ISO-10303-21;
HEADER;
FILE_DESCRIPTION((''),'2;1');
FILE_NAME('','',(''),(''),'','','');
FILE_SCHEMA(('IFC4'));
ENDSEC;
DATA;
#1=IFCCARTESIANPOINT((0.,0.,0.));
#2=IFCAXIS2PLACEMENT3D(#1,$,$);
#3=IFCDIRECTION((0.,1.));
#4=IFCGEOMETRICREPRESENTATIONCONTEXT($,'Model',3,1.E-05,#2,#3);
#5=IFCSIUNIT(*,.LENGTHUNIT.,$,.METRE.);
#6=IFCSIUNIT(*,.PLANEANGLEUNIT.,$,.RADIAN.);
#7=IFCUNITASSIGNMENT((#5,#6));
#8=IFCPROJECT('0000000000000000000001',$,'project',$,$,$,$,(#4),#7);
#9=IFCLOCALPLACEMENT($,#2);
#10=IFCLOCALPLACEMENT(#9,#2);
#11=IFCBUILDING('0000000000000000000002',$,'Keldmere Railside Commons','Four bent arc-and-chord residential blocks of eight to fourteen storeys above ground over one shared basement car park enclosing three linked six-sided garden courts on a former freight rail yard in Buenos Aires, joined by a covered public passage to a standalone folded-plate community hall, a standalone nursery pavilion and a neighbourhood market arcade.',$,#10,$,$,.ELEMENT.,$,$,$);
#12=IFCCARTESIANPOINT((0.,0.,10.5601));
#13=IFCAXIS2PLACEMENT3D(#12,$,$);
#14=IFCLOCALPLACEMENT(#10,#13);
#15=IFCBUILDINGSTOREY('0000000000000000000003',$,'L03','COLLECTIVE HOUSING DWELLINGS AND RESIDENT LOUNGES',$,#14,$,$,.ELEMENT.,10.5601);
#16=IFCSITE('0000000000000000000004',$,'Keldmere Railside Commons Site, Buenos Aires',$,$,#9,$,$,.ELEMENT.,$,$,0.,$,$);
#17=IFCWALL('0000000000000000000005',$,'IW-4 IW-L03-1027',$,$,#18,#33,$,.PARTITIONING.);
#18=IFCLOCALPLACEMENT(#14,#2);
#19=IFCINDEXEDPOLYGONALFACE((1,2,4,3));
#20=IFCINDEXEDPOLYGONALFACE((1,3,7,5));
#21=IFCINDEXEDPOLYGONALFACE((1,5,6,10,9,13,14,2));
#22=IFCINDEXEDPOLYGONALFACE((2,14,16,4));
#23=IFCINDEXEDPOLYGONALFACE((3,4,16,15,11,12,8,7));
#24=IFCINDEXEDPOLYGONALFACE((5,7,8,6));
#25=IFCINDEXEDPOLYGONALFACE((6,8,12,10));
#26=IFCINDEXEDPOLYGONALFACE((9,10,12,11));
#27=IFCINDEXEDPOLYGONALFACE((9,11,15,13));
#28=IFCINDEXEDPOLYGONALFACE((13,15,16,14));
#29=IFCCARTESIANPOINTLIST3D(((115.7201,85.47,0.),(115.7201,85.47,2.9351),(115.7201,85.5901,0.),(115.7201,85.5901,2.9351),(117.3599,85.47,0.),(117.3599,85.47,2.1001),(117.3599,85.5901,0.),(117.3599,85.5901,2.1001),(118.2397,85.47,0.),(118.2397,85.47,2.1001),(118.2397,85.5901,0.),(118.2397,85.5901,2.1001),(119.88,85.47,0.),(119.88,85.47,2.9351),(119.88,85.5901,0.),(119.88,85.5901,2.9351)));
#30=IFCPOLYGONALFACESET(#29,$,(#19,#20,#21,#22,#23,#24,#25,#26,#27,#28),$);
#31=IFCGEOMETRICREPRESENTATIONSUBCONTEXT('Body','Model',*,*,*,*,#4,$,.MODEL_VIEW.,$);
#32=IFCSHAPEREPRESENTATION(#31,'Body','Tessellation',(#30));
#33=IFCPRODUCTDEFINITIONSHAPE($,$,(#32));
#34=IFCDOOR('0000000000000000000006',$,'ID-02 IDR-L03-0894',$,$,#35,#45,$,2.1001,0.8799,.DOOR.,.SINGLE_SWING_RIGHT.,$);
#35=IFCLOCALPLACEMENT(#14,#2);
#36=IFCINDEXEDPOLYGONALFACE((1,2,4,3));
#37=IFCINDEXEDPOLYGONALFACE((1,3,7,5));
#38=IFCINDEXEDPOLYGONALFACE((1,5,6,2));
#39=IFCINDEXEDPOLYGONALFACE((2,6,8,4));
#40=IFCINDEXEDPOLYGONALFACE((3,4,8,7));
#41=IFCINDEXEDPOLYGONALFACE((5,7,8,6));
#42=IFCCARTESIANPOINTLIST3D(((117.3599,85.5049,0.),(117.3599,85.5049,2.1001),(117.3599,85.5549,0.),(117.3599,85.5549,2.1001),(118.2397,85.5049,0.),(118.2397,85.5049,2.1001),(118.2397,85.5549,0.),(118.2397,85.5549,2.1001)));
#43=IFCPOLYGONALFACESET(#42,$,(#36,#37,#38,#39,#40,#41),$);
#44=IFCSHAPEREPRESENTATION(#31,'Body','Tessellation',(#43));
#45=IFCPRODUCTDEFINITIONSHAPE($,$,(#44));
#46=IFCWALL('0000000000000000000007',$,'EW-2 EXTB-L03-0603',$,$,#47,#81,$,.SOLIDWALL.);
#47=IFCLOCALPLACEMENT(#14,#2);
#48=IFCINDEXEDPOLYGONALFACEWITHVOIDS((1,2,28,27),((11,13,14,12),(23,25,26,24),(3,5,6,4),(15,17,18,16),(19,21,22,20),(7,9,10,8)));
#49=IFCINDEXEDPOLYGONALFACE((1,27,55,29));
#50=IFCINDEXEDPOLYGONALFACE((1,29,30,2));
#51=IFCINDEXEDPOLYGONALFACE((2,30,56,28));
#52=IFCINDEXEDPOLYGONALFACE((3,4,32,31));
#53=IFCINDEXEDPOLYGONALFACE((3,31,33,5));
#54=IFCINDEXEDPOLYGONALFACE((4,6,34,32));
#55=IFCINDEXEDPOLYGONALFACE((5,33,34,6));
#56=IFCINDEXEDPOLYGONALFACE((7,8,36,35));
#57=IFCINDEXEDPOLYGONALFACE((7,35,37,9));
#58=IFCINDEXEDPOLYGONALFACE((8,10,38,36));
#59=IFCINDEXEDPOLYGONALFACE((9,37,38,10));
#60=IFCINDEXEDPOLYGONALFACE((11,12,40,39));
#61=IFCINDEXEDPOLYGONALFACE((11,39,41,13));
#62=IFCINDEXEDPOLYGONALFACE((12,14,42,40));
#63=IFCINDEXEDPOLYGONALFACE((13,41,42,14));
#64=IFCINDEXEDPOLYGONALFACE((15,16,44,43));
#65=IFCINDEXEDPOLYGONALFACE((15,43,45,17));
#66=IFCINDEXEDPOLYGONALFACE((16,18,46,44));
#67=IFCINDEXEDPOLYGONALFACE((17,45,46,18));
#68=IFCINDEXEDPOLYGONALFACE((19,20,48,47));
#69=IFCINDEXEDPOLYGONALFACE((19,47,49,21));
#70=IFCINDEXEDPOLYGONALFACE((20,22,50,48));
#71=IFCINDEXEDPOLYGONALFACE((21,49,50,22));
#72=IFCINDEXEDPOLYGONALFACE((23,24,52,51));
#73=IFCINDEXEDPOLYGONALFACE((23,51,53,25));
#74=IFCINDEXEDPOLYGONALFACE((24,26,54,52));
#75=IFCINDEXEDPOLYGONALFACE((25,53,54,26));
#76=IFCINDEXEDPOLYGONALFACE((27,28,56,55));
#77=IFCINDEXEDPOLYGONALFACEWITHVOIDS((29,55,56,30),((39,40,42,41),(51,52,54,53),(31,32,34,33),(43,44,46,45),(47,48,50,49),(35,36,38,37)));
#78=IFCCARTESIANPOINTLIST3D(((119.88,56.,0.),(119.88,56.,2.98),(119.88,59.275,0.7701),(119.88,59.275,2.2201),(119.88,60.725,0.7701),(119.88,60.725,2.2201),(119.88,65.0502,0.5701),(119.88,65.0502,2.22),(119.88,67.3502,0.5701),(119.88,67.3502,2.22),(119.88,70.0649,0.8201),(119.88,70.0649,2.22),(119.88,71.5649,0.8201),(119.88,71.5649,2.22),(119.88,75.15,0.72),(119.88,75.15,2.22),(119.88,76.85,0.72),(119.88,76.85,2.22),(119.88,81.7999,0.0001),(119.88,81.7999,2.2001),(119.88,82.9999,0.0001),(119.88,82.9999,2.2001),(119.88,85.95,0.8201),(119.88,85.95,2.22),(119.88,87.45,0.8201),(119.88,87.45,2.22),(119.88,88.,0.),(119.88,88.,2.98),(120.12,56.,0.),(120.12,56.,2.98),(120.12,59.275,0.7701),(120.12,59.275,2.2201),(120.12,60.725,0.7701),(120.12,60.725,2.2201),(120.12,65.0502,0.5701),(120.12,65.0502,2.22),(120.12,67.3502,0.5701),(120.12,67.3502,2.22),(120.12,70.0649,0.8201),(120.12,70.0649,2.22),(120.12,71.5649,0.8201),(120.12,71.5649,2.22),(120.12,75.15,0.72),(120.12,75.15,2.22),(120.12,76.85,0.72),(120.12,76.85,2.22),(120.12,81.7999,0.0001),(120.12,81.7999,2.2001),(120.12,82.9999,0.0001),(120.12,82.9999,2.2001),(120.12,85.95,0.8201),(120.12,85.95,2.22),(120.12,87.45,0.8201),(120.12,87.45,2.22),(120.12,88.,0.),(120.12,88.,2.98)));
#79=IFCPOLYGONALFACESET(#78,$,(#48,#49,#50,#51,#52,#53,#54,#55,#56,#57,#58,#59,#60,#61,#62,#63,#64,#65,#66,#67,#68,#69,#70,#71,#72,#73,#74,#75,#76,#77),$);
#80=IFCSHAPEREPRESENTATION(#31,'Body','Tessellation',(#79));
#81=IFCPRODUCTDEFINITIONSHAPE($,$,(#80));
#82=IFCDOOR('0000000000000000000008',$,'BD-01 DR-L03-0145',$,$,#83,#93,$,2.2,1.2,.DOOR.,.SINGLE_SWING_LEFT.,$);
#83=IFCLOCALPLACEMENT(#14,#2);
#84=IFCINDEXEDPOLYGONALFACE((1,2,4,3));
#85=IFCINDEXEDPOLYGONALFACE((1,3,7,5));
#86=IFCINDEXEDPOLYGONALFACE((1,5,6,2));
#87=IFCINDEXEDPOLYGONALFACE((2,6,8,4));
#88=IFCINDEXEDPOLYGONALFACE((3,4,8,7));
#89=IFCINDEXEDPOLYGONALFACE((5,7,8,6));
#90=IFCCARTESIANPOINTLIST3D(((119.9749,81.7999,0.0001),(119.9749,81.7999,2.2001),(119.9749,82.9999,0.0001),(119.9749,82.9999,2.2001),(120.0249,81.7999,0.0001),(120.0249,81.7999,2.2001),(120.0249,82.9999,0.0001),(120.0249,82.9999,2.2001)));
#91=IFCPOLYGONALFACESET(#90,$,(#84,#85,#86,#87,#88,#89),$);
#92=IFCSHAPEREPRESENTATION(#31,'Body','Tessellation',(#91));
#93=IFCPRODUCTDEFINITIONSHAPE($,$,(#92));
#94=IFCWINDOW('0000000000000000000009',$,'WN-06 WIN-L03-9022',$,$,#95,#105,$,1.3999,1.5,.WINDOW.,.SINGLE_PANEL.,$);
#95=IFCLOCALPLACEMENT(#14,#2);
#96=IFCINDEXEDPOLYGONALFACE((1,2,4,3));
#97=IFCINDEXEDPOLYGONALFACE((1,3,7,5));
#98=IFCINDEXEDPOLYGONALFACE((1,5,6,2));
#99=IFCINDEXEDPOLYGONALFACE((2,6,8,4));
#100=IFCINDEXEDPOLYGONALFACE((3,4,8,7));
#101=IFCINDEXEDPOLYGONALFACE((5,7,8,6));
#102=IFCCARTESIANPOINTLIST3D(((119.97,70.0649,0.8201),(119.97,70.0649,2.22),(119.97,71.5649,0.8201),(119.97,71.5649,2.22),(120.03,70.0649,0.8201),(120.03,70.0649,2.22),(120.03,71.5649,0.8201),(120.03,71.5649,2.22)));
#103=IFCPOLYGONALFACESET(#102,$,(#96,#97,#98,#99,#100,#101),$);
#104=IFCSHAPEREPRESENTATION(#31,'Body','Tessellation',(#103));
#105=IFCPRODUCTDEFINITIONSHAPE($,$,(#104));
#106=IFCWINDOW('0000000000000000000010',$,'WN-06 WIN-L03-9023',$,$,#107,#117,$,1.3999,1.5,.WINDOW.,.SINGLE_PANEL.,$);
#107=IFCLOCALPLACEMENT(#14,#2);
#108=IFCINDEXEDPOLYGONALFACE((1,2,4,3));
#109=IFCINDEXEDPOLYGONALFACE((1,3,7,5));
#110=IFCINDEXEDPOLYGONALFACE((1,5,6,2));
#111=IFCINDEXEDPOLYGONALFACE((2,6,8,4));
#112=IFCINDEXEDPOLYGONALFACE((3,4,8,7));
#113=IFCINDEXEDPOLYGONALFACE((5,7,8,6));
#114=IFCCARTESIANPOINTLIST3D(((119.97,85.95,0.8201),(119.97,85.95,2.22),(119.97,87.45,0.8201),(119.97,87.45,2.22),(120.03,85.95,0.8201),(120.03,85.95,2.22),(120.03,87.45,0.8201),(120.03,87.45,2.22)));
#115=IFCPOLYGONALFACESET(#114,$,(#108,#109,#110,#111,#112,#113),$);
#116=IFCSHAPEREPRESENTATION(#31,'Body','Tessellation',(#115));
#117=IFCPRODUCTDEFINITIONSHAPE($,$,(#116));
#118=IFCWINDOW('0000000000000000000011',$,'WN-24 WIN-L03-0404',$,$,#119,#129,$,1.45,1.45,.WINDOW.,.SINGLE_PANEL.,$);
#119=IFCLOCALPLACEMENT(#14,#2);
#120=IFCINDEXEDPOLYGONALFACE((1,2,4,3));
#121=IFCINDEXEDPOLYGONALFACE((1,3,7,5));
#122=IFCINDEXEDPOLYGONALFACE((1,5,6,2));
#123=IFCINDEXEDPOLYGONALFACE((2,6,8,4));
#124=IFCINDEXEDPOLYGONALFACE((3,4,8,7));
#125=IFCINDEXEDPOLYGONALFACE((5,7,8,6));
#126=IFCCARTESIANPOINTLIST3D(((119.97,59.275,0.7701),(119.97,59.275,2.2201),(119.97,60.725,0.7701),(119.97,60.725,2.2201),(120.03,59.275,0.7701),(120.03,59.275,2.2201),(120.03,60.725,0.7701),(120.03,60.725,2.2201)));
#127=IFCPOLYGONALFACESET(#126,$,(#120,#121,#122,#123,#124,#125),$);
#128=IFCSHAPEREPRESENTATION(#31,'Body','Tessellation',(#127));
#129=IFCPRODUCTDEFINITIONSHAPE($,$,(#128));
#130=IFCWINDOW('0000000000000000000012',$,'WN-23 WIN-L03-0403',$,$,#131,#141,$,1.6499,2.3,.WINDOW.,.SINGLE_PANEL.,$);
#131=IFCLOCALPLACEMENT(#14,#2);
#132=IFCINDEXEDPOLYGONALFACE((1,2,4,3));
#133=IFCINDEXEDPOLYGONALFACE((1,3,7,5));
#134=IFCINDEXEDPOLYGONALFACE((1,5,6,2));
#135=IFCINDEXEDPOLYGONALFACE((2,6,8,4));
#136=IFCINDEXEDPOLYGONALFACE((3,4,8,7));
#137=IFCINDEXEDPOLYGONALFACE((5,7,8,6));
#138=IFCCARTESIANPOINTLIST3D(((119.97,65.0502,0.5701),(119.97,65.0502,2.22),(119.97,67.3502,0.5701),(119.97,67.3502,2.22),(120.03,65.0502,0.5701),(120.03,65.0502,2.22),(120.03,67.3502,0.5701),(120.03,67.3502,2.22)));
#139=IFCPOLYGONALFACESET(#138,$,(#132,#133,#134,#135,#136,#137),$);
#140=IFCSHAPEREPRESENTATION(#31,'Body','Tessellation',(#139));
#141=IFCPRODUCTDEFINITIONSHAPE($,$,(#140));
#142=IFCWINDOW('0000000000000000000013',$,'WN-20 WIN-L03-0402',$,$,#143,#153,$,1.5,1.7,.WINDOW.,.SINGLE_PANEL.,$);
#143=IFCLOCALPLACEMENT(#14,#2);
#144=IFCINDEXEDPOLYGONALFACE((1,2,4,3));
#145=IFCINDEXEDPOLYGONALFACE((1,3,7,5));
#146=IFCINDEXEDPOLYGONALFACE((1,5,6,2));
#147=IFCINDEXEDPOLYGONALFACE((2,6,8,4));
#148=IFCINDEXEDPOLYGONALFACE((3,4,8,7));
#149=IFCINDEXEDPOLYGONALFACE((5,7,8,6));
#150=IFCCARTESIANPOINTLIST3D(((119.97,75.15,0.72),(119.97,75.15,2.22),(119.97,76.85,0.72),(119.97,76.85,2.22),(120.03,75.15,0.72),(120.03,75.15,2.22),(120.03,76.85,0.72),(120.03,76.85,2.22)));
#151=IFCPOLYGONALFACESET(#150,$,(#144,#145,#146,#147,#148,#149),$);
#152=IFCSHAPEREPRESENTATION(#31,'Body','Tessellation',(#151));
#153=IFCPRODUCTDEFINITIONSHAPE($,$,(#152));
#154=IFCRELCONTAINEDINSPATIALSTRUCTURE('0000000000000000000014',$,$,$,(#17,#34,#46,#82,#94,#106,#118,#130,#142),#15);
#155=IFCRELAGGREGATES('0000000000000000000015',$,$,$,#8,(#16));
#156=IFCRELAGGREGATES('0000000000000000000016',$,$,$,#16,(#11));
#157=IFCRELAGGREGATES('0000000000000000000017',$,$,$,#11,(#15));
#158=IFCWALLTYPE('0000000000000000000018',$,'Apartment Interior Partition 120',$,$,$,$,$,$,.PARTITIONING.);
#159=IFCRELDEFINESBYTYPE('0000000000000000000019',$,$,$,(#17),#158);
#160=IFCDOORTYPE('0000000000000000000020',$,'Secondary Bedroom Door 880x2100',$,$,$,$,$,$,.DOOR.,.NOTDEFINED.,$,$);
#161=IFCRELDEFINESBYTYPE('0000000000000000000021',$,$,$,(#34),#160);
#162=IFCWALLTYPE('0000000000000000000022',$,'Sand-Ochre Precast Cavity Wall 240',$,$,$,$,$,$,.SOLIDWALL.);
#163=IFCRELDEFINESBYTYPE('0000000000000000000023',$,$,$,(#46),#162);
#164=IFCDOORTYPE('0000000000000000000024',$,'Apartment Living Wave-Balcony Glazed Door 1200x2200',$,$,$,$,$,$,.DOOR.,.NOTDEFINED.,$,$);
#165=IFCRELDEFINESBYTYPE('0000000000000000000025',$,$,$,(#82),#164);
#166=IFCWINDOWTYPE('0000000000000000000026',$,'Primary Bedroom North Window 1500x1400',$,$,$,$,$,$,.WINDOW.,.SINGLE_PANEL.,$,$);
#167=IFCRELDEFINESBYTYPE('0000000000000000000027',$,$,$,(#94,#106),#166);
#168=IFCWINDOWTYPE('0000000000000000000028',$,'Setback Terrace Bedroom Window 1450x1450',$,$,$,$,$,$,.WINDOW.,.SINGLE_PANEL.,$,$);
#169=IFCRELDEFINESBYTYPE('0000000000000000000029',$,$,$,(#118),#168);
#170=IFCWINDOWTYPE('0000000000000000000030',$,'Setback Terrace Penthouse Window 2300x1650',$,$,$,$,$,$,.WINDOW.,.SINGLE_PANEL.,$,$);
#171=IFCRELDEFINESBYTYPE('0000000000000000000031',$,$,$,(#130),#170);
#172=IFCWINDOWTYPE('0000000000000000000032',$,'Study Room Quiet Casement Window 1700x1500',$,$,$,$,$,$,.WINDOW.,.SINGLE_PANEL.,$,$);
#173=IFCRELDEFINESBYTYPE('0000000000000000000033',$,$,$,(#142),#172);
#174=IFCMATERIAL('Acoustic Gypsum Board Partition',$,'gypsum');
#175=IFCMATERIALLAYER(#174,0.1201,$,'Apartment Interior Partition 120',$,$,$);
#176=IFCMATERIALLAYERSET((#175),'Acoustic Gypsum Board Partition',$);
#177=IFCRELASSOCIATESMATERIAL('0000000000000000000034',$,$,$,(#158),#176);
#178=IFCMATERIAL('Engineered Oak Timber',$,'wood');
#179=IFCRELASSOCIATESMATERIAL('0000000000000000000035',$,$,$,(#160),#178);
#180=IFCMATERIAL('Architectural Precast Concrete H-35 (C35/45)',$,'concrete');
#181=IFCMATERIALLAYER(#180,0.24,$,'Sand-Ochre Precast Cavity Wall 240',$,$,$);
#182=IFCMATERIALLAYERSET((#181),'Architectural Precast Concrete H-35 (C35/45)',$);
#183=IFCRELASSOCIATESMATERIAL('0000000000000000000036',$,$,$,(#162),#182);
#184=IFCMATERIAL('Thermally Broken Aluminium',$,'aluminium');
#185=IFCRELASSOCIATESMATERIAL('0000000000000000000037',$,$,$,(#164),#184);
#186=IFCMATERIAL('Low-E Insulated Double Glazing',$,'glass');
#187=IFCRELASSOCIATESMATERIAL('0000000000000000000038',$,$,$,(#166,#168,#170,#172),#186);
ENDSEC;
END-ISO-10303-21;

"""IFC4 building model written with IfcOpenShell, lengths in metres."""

from ifc_helpers import new_model, si_unit, direction, frame, frame_2d, origin, place, context, subcontext, project, spatial, rectangle, extrude, material, layer, layer_set, type_object, element, fill, save


model = new_model("IFC4")

# Units and contexts
model_context = context("Model", 3, precision=1e-05, world=origin(), true_north=direction((0.0, 1.0)))
body_context = subcontext(model_context, "Body", "Model", "MODEL_VIEW")
ifc_project = project(units=[si_unit("LENGTHUNIT", "METRE"), si_unit("PLANEANGLEUNIT", "RADIAN")], contexts=[model_context])

# Site, building, storey
site_placement = place(None, origin())
site = spatial("IfcSite", under=ifc_project, at=site_placement, Name="Keldmere Railside Commons Site, Buenos Aires", CompositionType="ELEMENT", RefElevation=0.0)
building_placement = place(site_placement, origin())
building = spatial("IfcBuilding", under=site, at=building_placement, Name="Keldmere Railside Commons", Description="Four bent arc-and-chord residential blocks of eight to fourteen storeys above ground over one shared basement car park enclosing three linked six-sided garden courts on a former freight rail yard in Buenos Aires, joined by a covered public passage to a standalone folded-plate community hall, a standalone nursery pavilion and a neighbourhood market arcade.", CompositionType="ELEMENT")
storey_placement = place(building_placement, frame((0.0, 0.0, 10.5601)))
storey = spatial("IfcBuildingStorey", under=building, at=storey_placement, Name="L03", Description="COLLECTIVE HOUSING DWELLINGS AND RESIDENT LOUNGES", CompositionType="ELEMENT", Elevation=10.5601)

# Shared definitions
ifc_material_1 = material(Name="Thermally Broken Aluminium", Category="aluminium")
ifc_material_2 = material(Name="Low-E Insulated Double Glazing", Category="glass")

# Wall, opening, door
ifc_material_3 = material(Name="Acoustic Gypsum Board Partition", Category="gypsum")
ifc_layer_1 = layer(ifc_material_3, 0.1201, Name="Apartment Interior Partition 120")
ifc_layer_set_1 = layer_set([ifc_layer_1], Name="Acoustic Gypsum Board Partition")
wall_type_1 = type_object("IfcWallType", Name="Apartment Interior Partition 120", PredefinedType="PARTITIONING", material=ifc_layer_set_1)
wall_1_placement = place(storey_placement, frame((115.72, 85.53, 0.0), z_axis=(0.0, 0.0, 1.0), x_axis=(1.0, 0.0, 0.0)))
wall_1 = element("IfcWall", 1, at=wall_1_placement, inside=storey, type_object=wall_type_1, Name="IW-4 IW-L03-1027", PredefinedType="PARTITIONING", context=body_context, shape_type="SweptSolid", body=[
    extrude(rectangle(XDim=4.1599, YDim=0.1201, at=frame_2d((2.0801, 0.0))), origin(), (0.0, 0.0, 1.0), 2.9351),
])
opening_1_placement = place(wall_1_placement, frame((1.6399, 0.0, 0.0)))
opening_1 = element("IfcOpeningElement", 2, at=opening_1_placement, cuts=wall_1, PredefinedType="OPENING", context=body_context, shape_type="SweptSolid", body=[
    extrude(rectangle(XDim=0.8799, YDim=2.1001, at=frame_2d((0.4399, 1.05))), frame((0.0, 0.0701, 0.0), z_axis=(0.0, -1.0, 0.0), x_axis=(1.0, 0.0, 0.0)), (0.0, 0.0, 1.0), 0.1401),
])
ifc_material_4 = material(Name="Engineered Oak Timber", Category="wood")
door_type_1 = type_object("IfcDoorType", Name="Secondary Bedroom Door 880x2100", OperationType="NOTDEFINED", PredefinedType="DOOR", material=ifc_material_4)
door_1_placement = place(opening_1_placement, origin())
door_1 = element("IfcDoor", 3, at=door_1_placement, inside=storey, type_object=door_type_1, Name="ID-02 IDR-L03-0894", OperationType="SINGLE_SWING_RIGHT", OverallHeight=2.1001, OverallWidth=0.8799, PredefinedType="DOOR", context=body_context, shape_type="SweptSolid", body=[
    extrude(rectangle(XDim=0.8799, YDim=2.1001, at=frame_2d((0.4399, 1.05))), frame((0.0, 0.0249, 0.0), z_axis=(0.0, -1.0, 0.0), x_axis=(1.0, 0.0, 0.0)), (0.0, 0.0, 1.0), 0.05),
])
fill(opening_1, door_1)

# Wall, openings, door, windows
ifc_material_5 = material(Name="Architectural Precast Concrete H-35 (C35/45)", Category="concrete")
ifc_layer_2 = layer(ifc_material_5, 0.24, Name="Sand-Ochre Precast Cavity Wall 240")
ifc_layer_set_2 = layer_set([ifc_layer_2], Name="Architectural Precast Concrete H-35 (C35/45)")
wall_type_2 = type_object("IfcWallType", Name="Sand-Ochre Precast Cavity Wall 240", PredefinedType="SOLIDWALL", material=ifc_layer_set_2)
wall_2_placement = place(storey_placement, frame((120.0, 88.0, 0.0), z_axis=(0.0, 0.0, 1.0), x_axis=(0.0, -1.0, 0.0)))
wall_2 = element("IfcWall", 4, at=wall_2_placement, inside=storey, type_object=wall_type_2, Name="EW-2 EXTB-L03-0603", PredefinedType="SOLIDWALL", context=body_context, shape_type="SweptSolid", body=[
    extrude(rectangle(XDim=32.0, YDim=0.24, at=frame_2d((16.0, 0.0))), origin(), (0.0, 0.0, 1.0), 2.98),
])
opening_2_placement = place(wall_2_placement, frame((5.0, 0.0, 0.0)))
opening_2 = element("IfcOpeningElement", 5, at=opening_2_placement, cuts=wall_2, PredefinedType="OPENING", context=body_context, shape_type="SweptSolid", body=[
    extrude(rectangle(XDim=1.2, YDim=2.2, at=frame_2d((0.6001, 1.1001))), frame((0.0, 0.1299, 0.0), z_axis=(0.0, -1.0, 0.0), x_axis=(1.0, 0.0, 0.0)), (0.0, 0.0, 1.0), 0.26),
])
opening_3_placement = place(wall_2_placement, frame((11.1499, 0.0, 0.72)))
opening_3 = element("IfcOpeningElement", 6, at=opening_3_placement, cuts=wall_2, PredefinedType="OPENING", context=body_context, shape_type="SweptSolid", body=[
    extrude(rectangle(XDim=1.7, YDim=1.5, at=frame_2d((0.8501, 0.75))), frame((0.0, 0.1299, 0.0), z_axis=(0.0, -1.0, 0.0), x_axis=(1.0, 0.0, 0.0)), (0.0, 0.0, 1.0), 0.26),
])
opening_4_placement = place(wall_2_placement, frame((20.6499, 0.0, 0.5701)))
opening_4 = element("IfcOpeningElement", 7, at=opening_4_placement, cuts=wall_2, PredefinedType="OPENING", context=body_context, shape_type="SweptSolid", body=[
    extrude(rectangle(XDim=2.3, YDim=1.6499, at=frame_2d((1.1499, 0.825))), frame((0.0, 0.1299, 0.0), z_axis=(0.0, -1.0, 0.0), x_axis=(1.0, 0.0, 0.0)), (0.0, 0.0, 1.0), 0.26),
])
opening_5_placement = place(wall_2_placement, frame((27.2749, 0.0, 0.77)))
opening_5 = element("IfcOpeningElement", 8, at=opening_5_placement, cuts=wall_2, PredefinedType="OPENING", context=body_context, shape_type="SweptSolid", body=[
    extrude(rectangle(XDim=1.45, YDim=1.45, at=frame_2d((0.7251, 0.7251))), frame((0.0, 0.1299, 0.0), z_axis=(0.0, -1.0, 0.0), x_axis=(1.0, 0.0, 0.0)), (0.0, 0.0, 1.0), 0.26),
])
opening_6_placement = place(wall_2_placement, frame((16.4351, 0.0, 0.8201)))
opening_6 = element("IfcOpeningElement", 9, at=opening_6_placement, cuts=wall_2, PredefinedType="OPENING", context=body_context, shape_type="SweptSolid", body=[
    extrude(rectangle(XDim=1.5, YDim=1.3999, at=frame_2d((0.75, 0.7))), frame((0.0, 0.1299, 0.0), z_axis=(0.0, -1.0, 0.0), x_axis=(1.0, 0.0, 0.0)), (0.0, 0.0, 1.0), 0.26),
])
opening_7_placement = place(wall_2_placement, frame((0.55, 0.0, 0.8201)))
opening_7 = element("IfcOpeningElement", 10, at=opening_7_placement, cuts=wall_2, PredefinedType="OPENING", context=body_context, shape_type="SweptSolid", body=[
    extrude(rectangle(XDim=1.5, YDim=1.3999, at=frame_2d((0.75, 0.7))), frame((0.0, 0.1299, 0.0), z_axis=(0.0, -1.0, 0.0), x_axis=(1.0, 0.0, 0.0)), (0.0, 0.0, 1.0), 0.26),
])
door_type_2 = type_object("IfcDoorType", Name="Apartment Living Wave-Balcony Glazed Door 1200x2200", OperationType="NOTDEFINED", PredefinedType="DOOR", material=ifc_material_1)
door_2_placement = place(opening_2_placement, origin())
door_2 = element("IfcDoor", 11, at=door_2_placement, inside=storey, type_object=door_type_2, Name="BD-01 DR-L03-0145", OperationType="SINGLE_SWING_LEFT", OverallHeight=2.2, OverallWidth=1.2, PredefinedType="DOOR", context=body_context, shape_type="SweptSolid", body=[
    extrude(rectangle(XDim=1.2, YDim=2.2, at=frame_2d((0.6001, 1.1001))), frame((0.0, 0.0249, 0.0), z_axis=(0.0, -1.0, 0.0), x_axis=(1.0, 0.0, 0.0)), (0.0, 0.0, 1.0), 0.05),
])
fill(opening_2, door_2)
window_type_1 = type_object("IfcWindowType", Name="Primary Bedroom North Window 1500x1400", PartitioningType="SINGLE_PANEL", PredefinedType="WINDOW", material=ifc_material_2)
window_1_placement = place(opening_6_placement, origin())
window_1 = element("IfcWindow", 12, at=window_1_placement, inside=storey, type_object=window_type_1, Name="WN-06 WIN-L03-9022", OverallHeight=1.3999, OverallWidth=1.5, PartitioningType="SINGLE_PANEL", PredefinedType="WINDOW", context=body_context, shape_type="SweptSolid", body=[
    extrude(rectangle(XDim=1.5, YDim=1.3999, at=frame_2d((0.75, 0.7))), frame((0.0, 0.03, 0.0), z_axis=(0.0, -1.0, 0.0), x_axis=(1.0, 0.0, 0.0)), (0.0, 0.0, 1.0), 0.0601),
])
fill(opening_6, window_1)
window_2_placement = place(opening_7_placement, origin())
window_2 = element("IfcWindow", 13, at=window_2_placement, inside=storey, type_object=window_type_1, Name="WN-06 WIN-L03-9023", OverallHeight=1.3999, OverallWidth=1.5, PartitioningType="SINGLE_PANEL", PredefinedType="WINDOW", context=body_context, shape_type="SweptSolid", body=[
    extrude(rectangle(XDim=1.5, YDim=1.3999, at=frame_2d((0.75, 0.7))), frame((0.0, 0.03, 0.0), z_axis=(0.0, -1.0, 0.0), x_axis=(1.0, 0.0, 0.0)), (0.0, 0.0, 1.0), 0.0601),
])
fill(opening_7, window_2)
window_type_2 = type_object("IfcWindowType", Name="Setback Terrace Bedroom Window 1450x1450", PartitioningType="SINGLE_PANEL", PredefinedType="WINDOW", material=ifc_material_2)
window_3_placement = place(opening_5_placement, origin())
window_3 = element("IfcWindow", 14, at=window_3_placement, inside=storey, type_object=window_type_2, Name="WN-24 WIN-L03-0404", OverallHeight=1.45, OverallWidth=1.45, PartitioningType="SINGLE_PANEL", PredefinedType="WINDOW", context=body_context, shape_type="SweptSolid", body=[
    extrude(rectangle(XDim=1.45, YDim=1.45, at=frame_2d((0.7251, 0.7251))), frame((0.0, 0.03, 0.0), z_axis=(0.0, -1.0, 0.0), x_axis=(1.0, 0.0, 0.0)), (0.0, 0.0, 1.0), 0.0601),
])
fill(opening_5, window_3)
window_type_3 = type_object("IfcWindowType", Name="Setback Terrace Penthouse Window 2300x1650", PartitioningType="SINGLE_PANEL", PredefinedType="WINDOW", material=ifc_material_2)
window_4_placement = place(opening_4_placement, origin())
window_4 = element("IfcWindow", 15, at=window_4_placement, inside=storey, type_object=window_type_3, Name="WN-23 WIN-L03-0403", OverallHeight=1.6499, OverallWidth=2.3, PartitioningType="SINGLE_PANEL", PredefinedType="WINDOW", context=body_context, shape_type="SweptSolid", body=[
    extrude(rectangle(XDim=2.3, YDim=1.6499, at=frame_2d((1.1499, 0.825))), frame((0.0, 0.03, 0.0), z_axis=(0.0, -1.0, 0.0), x_axis=(1.0, 0.0, 0.0)), (0.0, 0.0, 1.0), 0.0601),
])
fill(opening_4, window_4)
window_type_4 = type_object("IfcWindowType", Name="Study Room Quiet Casement Window 1700x1500", PartitioningType="SINGLE_PANEL", PredefinedType="WINDOW", material=ifc_material_2)
window_5_placement = place(opening_3_placement, origin())
window_5 = element("IfcWindow", 16, at=window_5_placement, inside=storey, type_object=window_type_4, Name="WN-20 WIN-L03-0402", OverallHeight=1.5, OverallWidth=1.7, PartitioningType="SINGLE_PANEL", PredefinedType="WINDOW", context=body_context, shape_type="SweptSolid", body=[
    extrude(rectangle(XDim=1.7, YDim=1.5, at=frame_2d((0.8501, 0.75))), frame((0.0, 0.03, 0.0), z_axis=(0.0, -1.0, 0.0), x_axis=(1.0, 0.0, 0.0)), (0.0, 0.0, 1.0), 0.0601),
])
fill(opening_3, window_5)

save(model, "model.ifc")
